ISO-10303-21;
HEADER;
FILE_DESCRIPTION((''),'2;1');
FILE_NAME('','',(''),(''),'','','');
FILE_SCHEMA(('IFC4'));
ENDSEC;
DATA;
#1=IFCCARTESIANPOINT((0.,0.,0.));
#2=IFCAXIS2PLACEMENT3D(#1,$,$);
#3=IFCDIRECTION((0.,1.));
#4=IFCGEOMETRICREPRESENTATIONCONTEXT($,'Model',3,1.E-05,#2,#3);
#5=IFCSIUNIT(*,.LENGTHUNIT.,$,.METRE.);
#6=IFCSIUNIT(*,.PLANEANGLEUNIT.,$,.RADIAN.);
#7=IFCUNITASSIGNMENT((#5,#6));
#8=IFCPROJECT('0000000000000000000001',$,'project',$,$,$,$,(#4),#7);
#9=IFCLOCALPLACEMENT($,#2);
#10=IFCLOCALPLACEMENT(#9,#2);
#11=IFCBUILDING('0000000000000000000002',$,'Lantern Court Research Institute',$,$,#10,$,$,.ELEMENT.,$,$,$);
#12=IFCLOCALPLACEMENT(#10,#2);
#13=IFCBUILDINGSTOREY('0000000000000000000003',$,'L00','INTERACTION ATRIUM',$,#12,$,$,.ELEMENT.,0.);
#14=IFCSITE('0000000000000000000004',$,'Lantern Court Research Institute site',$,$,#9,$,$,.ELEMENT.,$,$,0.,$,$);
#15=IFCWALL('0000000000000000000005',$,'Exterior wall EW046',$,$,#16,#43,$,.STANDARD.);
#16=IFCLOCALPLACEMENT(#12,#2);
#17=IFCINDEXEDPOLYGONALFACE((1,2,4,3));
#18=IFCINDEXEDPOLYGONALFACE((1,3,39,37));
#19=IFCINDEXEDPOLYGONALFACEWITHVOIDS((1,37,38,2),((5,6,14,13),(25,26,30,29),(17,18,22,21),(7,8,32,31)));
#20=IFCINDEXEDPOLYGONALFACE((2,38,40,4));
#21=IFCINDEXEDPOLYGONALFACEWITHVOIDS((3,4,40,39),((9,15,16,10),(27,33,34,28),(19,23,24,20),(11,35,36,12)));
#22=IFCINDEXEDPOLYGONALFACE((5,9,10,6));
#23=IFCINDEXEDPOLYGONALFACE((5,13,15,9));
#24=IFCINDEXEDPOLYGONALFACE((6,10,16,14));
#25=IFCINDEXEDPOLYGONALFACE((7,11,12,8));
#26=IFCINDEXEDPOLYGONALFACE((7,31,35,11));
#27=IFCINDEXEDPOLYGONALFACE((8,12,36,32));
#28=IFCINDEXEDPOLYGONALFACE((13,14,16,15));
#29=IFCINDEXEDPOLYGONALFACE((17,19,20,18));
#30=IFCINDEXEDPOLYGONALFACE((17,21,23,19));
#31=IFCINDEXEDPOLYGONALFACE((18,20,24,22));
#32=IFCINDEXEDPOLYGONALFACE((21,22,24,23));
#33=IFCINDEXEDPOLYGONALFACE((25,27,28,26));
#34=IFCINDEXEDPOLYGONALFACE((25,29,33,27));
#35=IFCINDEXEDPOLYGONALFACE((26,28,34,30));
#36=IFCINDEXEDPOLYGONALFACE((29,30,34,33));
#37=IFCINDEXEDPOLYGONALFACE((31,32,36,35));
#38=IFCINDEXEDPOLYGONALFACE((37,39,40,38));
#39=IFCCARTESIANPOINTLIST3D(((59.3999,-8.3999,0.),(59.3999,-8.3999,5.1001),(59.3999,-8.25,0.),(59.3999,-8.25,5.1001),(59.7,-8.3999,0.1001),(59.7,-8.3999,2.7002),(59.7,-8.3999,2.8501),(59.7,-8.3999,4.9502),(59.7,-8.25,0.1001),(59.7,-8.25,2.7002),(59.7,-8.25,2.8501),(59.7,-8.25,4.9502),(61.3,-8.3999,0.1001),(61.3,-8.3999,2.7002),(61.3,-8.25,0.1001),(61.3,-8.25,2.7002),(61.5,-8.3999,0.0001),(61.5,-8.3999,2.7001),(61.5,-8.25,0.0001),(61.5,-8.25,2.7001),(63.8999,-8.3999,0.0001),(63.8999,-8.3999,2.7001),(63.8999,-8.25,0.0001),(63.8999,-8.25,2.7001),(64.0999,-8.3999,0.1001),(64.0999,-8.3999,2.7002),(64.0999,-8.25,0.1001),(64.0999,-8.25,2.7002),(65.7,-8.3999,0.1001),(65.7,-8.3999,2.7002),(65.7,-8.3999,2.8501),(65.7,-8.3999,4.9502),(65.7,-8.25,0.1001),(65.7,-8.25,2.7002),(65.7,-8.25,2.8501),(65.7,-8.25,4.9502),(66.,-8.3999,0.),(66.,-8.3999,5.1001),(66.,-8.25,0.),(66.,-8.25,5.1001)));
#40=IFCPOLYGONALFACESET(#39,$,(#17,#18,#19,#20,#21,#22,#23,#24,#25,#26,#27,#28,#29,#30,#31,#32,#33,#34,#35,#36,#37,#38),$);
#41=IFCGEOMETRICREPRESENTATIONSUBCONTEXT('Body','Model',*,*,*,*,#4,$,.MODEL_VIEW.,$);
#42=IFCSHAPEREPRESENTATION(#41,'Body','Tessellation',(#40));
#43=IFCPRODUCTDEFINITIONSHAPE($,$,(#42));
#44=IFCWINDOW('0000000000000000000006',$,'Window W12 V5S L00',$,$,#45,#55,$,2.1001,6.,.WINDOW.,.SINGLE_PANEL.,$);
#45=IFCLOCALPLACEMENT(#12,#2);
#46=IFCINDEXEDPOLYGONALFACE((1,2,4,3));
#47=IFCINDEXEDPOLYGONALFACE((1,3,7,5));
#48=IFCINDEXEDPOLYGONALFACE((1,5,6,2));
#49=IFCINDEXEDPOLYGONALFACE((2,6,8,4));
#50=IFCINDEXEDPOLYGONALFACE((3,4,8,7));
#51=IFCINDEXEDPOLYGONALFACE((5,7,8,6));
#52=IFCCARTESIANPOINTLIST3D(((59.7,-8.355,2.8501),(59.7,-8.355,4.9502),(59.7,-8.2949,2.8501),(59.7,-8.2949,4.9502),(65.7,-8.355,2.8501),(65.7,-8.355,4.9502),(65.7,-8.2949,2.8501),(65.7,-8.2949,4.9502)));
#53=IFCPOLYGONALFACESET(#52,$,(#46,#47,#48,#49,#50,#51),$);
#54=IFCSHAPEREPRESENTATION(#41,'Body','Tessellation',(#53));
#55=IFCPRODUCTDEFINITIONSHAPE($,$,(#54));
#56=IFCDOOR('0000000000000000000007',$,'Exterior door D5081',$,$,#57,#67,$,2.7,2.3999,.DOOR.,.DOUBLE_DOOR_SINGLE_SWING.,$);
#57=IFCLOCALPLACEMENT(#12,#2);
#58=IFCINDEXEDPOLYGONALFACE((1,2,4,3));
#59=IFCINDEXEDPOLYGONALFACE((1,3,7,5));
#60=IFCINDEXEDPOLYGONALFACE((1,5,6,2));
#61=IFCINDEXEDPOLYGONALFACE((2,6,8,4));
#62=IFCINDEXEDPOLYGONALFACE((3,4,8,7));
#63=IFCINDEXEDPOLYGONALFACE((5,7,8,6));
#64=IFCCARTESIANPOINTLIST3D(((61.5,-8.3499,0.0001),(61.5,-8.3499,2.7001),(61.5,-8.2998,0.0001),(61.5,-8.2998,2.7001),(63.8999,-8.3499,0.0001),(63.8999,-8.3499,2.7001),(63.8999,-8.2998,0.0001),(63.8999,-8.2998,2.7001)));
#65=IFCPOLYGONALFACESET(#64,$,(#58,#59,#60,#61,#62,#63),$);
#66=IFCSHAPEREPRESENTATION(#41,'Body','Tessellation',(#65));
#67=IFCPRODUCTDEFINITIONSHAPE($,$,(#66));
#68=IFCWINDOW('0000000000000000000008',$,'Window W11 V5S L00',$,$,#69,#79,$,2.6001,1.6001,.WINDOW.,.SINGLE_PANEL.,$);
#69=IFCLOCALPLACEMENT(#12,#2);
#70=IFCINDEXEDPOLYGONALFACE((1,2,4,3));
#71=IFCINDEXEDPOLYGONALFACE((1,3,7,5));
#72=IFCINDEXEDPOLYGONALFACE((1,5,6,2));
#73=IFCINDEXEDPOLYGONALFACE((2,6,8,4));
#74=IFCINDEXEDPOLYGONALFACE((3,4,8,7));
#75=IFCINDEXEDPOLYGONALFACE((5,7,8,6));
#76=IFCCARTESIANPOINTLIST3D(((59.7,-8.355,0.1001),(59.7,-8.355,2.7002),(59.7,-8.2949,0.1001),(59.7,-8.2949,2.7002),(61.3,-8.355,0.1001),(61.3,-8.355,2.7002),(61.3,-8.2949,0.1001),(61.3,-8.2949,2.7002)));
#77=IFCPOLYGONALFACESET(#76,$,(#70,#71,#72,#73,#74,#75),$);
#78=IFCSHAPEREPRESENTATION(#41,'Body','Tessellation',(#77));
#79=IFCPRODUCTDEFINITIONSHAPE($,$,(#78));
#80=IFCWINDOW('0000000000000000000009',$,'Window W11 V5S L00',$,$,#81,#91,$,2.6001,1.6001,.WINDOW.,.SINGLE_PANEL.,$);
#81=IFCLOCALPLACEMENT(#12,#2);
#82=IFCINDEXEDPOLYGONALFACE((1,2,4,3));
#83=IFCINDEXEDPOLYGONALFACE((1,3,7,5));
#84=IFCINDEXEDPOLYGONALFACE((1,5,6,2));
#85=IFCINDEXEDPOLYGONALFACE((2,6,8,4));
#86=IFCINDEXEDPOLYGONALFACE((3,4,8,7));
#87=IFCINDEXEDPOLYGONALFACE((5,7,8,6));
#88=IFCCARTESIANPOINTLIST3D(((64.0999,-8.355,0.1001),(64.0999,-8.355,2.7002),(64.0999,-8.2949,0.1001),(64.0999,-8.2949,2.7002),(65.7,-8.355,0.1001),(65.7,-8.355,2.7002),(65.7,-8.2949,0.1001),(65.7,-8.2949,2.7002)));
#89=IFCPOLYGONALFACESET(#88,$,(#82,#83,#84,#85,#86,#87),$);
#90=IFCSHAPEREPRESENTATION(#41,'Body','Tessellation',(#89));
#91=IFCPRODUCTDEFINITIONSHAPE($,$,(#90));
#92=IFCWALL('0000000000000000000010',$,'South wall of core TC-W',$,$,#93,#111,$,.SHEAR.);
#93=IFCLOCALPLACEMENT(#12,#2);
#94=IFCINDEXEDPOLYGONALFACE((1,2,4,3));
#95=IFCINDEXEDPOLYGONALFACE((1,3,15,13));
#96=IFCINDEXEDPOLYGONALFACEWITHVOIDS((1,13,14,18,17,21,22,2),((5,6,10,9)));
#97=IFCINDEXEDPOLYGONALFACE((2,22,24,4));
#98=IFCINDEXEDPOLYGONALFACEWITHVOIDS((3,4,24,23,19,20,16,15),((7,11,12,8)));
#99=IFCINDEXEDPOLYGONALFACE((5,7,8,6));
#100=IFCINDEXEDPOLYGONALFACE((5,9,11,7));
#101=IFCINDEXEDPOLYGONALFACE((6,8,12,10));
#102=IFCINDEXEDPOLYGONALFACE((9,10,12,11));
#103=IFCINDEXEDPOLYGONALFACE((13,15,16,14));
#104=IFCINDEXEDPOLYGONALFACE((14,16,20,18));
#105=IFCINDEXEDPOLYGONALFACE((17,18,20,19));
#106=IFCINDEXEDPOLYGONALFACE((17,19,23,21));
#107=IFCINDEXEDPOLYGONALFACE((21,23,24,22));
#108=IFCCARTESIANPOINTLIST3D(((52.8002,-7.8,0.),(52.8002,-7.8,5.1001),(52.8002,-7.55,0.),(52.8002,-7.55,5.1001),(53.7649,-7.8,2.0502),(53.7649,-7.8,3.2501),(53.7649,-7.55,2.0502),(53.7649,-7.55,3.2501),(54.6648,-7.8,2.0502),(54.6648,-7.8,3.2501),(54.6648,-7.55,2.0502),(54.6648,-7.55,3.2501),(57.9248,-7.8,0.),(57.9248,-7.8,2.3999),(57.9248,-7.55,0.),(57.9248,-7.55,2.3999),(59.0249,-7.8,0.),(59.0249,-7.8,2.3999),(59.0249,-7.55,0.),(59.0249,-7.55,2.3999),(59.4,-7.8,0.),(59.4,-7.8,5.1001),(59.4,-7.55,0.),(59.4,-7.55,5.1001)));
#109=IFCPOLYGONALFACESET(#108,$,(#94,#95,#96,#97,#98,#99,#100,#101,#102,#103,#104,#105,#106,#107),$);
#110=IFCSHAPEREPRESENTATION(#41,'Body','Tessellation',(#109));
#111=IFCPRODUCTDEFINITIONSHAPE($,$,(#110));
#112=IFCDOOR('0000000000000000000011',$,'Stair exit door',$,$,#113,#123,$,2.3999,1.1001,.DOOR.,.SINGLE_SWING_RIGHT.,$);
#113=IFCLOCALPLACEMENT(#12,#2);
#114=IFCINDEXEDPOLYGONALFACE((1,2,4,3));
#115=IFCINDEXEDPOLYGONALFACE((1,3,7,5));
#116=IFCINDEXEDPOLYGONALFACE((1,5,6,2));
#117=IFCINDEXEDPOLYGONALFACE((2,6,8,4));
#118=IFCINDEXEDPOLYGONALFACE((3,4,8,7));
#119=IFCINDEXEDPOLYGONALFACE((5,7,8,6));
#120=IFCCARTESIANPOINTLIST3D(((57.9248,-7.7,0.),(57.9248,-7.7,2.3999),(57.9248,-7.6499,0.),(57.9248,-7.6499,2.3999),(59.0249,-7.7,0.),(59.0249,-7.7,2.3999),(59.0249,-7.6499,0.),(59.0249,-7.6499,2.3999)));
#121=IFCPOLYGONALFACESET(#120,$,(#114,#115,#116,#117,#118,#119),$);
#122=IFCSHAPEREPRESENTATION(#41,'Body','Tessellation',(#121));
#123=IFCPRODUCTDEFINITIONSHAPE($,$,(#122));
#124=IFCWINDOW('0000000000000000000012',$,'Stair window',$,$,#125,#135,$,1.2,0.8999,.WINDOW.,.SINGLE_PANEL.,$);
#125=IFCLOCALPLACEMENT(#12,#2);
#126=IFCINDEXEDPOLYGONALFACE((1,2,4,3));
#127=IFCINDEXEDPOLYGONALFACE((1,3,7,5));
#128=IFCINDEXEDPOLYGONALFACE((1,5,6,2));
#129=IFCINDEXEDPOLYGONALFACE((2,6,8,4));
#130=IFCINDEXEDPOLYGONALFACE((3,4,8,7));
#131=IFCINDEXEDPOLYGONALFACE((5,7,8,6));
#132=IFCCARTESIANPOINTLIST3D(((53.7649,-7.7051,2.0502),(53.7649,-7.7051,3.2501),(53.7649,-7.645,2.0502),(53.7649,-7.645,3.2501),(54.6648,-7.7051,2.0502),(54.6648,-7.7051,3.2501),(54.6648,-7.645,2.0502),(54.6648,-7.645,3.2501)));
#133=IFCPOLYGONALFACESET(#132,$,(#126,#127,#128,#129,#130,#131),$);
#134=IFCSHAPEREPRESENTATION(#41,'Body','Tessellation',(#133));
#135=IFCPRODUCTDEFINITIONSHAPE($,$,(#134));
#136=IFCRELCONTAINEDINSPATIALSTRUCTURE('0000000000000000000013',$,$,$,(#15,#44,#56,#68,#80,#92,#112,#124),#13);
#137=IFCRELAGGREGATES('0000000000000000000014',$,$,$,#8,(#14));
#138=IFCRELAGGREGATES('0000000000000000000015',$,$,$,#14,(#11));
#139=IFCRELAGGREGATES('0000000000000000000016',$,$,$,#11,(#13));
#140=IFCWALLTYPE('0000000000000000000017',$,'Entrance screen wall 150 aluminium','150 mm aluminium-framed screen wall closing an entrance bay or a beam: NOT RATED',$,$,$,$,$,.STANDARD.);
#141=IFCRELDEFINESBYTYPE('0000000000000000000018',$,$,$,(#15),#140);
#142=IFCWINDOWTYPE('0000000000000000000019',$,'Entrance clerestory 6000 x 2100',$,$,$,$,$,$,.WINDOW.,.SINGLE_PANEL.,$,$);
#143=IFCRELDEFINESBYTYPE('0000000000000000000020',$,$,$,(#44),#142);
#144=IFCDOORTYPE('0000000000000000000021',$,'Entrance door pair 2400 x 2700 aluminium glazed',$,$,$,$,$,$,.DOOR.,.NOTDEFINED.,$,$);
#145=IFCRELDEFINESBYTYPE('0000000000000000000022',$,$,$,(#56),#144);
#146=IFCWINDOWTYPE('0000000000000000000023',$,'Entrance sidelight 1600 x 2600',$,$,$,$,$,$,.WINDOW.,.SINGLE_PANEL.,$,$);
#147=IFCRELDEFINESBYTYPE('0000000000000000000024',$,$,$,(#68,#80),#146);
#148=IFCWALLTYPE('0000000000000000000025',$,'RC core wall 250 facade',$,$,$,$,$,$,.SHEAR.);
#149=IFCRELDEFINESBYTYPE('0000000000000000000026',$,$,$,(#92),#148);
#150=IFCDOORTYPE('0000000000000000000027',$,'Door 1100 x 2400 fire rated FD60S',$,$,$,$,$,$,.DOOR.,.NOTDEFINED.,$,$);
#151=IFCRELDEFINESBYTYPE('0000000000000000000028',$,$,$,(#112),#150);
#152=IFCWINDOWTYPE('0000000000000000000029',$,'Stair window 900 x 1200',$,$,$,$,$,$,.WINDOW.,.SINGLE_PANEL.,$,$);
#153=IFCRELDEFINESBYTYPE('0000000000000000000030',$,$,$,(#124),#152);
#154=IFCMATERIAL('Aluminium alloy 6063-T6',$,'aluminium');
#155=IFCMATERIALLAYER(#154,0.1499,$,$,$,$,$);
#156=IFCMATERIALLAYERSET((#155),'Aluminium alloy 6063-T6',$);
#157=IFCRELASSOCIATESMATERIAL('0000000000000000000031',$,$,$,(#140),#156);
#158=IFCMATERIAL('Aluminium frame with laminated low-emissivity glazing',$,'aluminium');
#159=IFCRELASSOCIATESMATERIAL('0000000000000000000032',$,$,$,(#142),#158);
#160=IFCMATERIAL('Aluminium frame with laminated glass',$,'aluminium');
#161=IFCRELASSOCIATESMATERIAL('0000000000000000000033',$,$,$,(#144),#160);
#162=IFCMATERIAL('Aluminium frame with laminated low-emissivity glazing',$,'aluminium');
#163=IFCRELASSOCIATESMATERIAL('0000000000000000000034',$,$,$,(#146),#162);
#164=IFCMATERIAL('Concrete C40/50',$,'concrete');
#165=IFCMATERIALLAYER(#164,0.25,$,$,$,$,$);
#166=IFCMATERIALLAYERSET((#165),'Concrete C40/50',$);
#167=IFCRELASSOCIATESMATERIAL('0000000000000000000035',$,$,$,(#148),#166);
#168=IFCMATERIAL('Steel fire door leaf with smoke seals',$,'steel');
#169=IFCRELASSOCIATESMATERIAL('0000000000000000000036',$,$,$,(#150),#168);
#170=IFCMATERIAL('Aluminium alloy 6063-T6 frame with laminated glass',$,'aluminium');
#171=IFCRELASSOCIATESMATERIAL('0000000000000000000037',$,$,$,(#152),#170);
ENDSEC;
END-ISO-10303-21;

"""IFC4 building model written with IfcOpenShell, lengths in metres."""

from ifc_helpers import new_model, si_unit, direction, frame, frame_2d, origin, place, context, subcontext, project, spatial, rectangle, extrude, material, layer, layer_set, type_object, element, fill, save


model = new_model("IFC4")

# Units and contexts
model_context = context("Model", 3, precision=1e-05, world=origin(), true_north=direction((0.0, 1.0)))
body_context = subcontext(model_context, "Body", "Model", "MODEL_VIEW")
ifc_project = project(units=[si_unit("LENGTHUNIT", "METRE"), si_unit("PLANEANGLEUNIT", "RADIAN")], contexts=[model_context])

# Site, building, storey
site_placement = place(None, origin())
site = spatial("IfcSite", under=ifc_project, at=site_placement, Name="Lantern Court Research Institute site", CompositionType="ELEMENT", RefElevation=0.0)
building_placement = place(site_placement, origin())
building = spatial("IfcBuilding", under=site, at=building_placement, Name="Lantern Court Research Institute", CompositionType="ELEMENT")
storey_placement = place(building_placement, origin())
storey = spatial("IfcBuildingStorey", under=building, at=storey_placement, Name="L00", Description="INTERACTION ATRIUM", CompositionType="ELEMENT", Elevation=0.0)

# Wall, openings, windows, door
ifc_material_1 = material(Name="Aluminium alloy 6063-T6", Category="aluminium")
ifc_layer_1 = layer(ifc_material_1, 0.1499)
ifc_layer_set_1 = layer_set([ifc_layer_1], Name="Aluminium alloy 6063-T6")
wall_type_1 = type_object("IfcWallType", Name="Entrance screen wall 150 aluminium", Description="150 mm aluminium-framed screen wall closing an entrance bay or a beam: NOT RATED", PredefinedType="STANDARD", material=ifc_layer_set_1)
wall_1_placement = place(storey_placement, frame((66.0, -8.325, 0.0), z_axis=(0.0, 0.0, 1.0), x_axis=(-1.0, 0.0, 0.0)))
wall_1 = element("IfcWall", 1, at=wall_1_placement, inside=storey, type_object=wall_type_1, Name="Exterior wall EW046", PredefinedType="STANDARD", context=body_context, shape_type="SweptSolid", body=[
    extrude(rectangle(XDim=6.6001, YDim=0.1499, at=frame_2d((3.3, 0.0))), origin(), (0.0, 0.0, 1.0), 5.1001),
])
opening_1_placement = place(wall_1_placement, frame((2.1001, 0.0, 0.0)))
opening_1 = element("IfcOpeningElement", 2, at=opening_1_placement, cuts=wall_1, PredefinedType="OPENING", context=body_context, shape_type="SweptSolid", body=[
    extrude(rectangle(XDim=2.3999, YDim=2.7, at=frame_2d((1.2, 1.3501))), frame((0.0, 0.085, 0.0), z_axis=(0.0, -1.0, 0.0), x_axis=(1.0, 0.0, 0.0)), (0.0, 0.0, 1.0), 0.1699),
])
opening_2_placement = place(wall_1_placement, frame((4.7, 0.0, 0.1001)))
opening_2 = element("IfcOpeningElement", 3, at=opening_2_placement, cuts=wall_1, PredefinedType="OPENING", context=body_context, shape_type="SweptSolid", body=[
    extrude(rectangle(XDim=1.6001, YDim=2.6001, at=frame_2d((0.8, 1.3))), frame((0.0, 0.085, 0.0), z_axis=(0.0, -1.0, 0.0), x_axis=(1.0, 0.0, 0.0)), (0.0, 0.0, 1.0), 0.1699),
])
opening_3_placement = place(wall_1_placement, frame((0.3, 0.0, 0.1001)))
opening_3 = element("IfcOpeningElement", 4, at=opening_3_placement, cuts=wall_1, PredefinedType="OPENING", context=body_context, shape_type="SweptSolid", body=[
    extrude(rectangle(XDim=1.6001, YDim=2.6001, at=frame_2d((0.8, 1.3))), frame((0.0, 0.085, 0.0), z_axis=(0.0, -1.0, 0.0), x_axis=(1.0, 0.0, 0.0)), (0.0, 0.0, 1.0), 0.1699),
])
opening_4_placement = place(wall_1_placement, frame((0.3, 0.0, 2.8501)))
opening_4 = element("IfcOpeningElement", 5, at=opening_4_placement, cuts=wall_1, PredefinedType="OPENING", context=body_context, shape_type="SweptSolid", body=[
    extrude(rectangle(XDim=6.0, YDim=2.1001, at=frame_2d((3.0, 1.05))), frame((0.0, 0.085, 0.0), z_axis=(0.0, -1.0, 0.0), x_axis=(1.0, 0.0, 0.0)), (0.0, 0.0, 1.0), 0.1699),
])
ifc_material_2 = material(Name="Aluminium frame with laminated low-emissivity glazing", Category="aluminium")
window_type_1 = type_object("IfcWindowType", Name="Entrance clerestory 6000 x 2100", PartitioningType="SINGLE_PANEL", PredefinedType="WINDOW", material=ifc_material_2)
window_1_placement = place(opening_4_placement, origin())
window_1 = element("IfcWindow", 6, at=window_1_placement, inside=storey, type_object=window_type_1, Name="Window W12 V5S L00", OverallHeight=2.1001, OverallWidth=6.0, PartitioningType="SINGLE_PANEL", PredefinedType="WINDOW", context=body_context, shape_type="SweptSolid", body=[
    extrude(rectangle(XDim=6.0, YDim=2.1001, at=frame_2d((3.0, 1.05))), frame((0.0, 0.03, 0.0), z_axis=(0.0, -1.0, 0.0), x_axis=(1.0, 0.0, 0.0)), (0.0, 0.0, 1.0), 0.0601),
])
fill(opening_4, window_1)
ifc_material_3 = material(Name="Aluminium frame with laminated glass", Category="aluminium")
door_type_1 = type_object("IfcDoorType", Name="Entrance door pair 2400 x 2700 aluminium glazed", OperationType="NOTDEFINED", PredefinedType="DOOR", material=ifc_material_3)
door_1_placement = place(opening_1_placement, origin())
door_1 = element("IfcDoor", 7, at=door_1_placement, inside=storey, type_object=door_type_1, Name="Exterior door D5081", OperationType="DOUBLE_DOOR_SINGLE_SWING", OverallHeight=2.7, OverallWidth=2.3999, PredefinedType="DOOR", context=body_context, shape_type="SweptSolid", body=[
    extrude(rectangle(XDim=2.3999, YDim=2.7, at=frame_2d((1.2, 1.3501))), frame((0.0, 0.0249, 0.0), z_axis=(0.0, -1.0, 0.0), x_axis=(1.0, 0.0, 0.0)), (0.0, 0.0, 1.0), 0.05),
])
fill(opening_1, door_1)
ifc_material_4 = material(Name="Aluminium frame with laminated low-emissivity glazing", Category="aluminium")
window_type_2 = type_object("IfcWindowType", Name="Entrance sidelight 1600 x 2600", PartitioningType="SINGLE_PANEL", PredefinedType="WINDOW", material=ifc_material_4)
window_2_placement = place(opening_2_placement, origin())
window_2 = element("IfcWindow", 8, at=window_2_placement, inside=storey, type_object=window_type_2, Name="Window W11 V5S L00", OverallHeight=2.6001, OverallWidth=1.6001, PartitioningType="SINGLE_PANEL", PredefinedType="WINDOW", context=body_context, shape_type="SweptSolid", body=[
    extrude(rectangle(XDim=1.6001, YDim=2.6001, at=frame_2d((0.8, 1.3))), frame((0.0, 0.03, 0.0), z_axis=(0.0, -1.0, 0.0), x_axis=(1.0, 0.0, 0.0)), (0.0, 0.0, 1.0), 0.0601),
])
fill(opening_2, window_2)
window_3_placement = place(opening_3_placement, origin())
window_3 = element("IfcWindow", 9, at=window_3_placement, inside=storey, type_object=window_type_2, Name="Window W11 V5S L00", OverallHeight=2.6001, OverallWidth=1.6001, PartitioningType="SINGLE_PANEL", PredefinedType="WINDOW", context=body_context, shape_type="SweptSolid", body=[
    extrude(rectangle(XDim=1.6001, YDim=2.6001, at=frame_2d((0.8, 1.3))), frame((0.0, 0.03, 0.0), z_axis=(0.0, -1.0, 0.0), x_axis=(1.0, 0.0, 0.0)), (0.0, 0.0, 1.0), 0.0601),
])
fill(opening_3, window_3)

# Wall, openings, door, window
ifc_material_5 = material(Name="Concrete C40/50", Category="concrete")
ifc_layer_2 = layer(ifc_material_5, 0.25)
ifc_layer_set_2 = layer_set([ifc_layer_2], Name="Concrete C40/50")
wall_type_2 = type_object("IfcWallType", Name="RC core wall 250 facade", PredefinedType="SHEAR", material=ifc_layer_set_2)
wall_2_placement = place(storey_placement, frame((59.3999, -7.675, 0.0), z_axis=(0.0, 0.0, 1.0), x_axis=(-1.0, 0.0, 0.0)))
wall_2 = element("IfcWall", 10, at=wall_2_placement, inside=storey, type_object=wall_type_2, Name="South wall of core TC-W", PredefinedType="SHEAR", context=body_context, shape_type="SweptSolid", body=[
    extrude(rectangle(XDim=6.5999, YDim=0.25, at=frame_2d((3.2998, 0.0))), origin(), (0.0, 0.0, 1.0), 5.1001),
])
opening_5_placement = place(wall_2_placement, frame((0.375, 0.0, 0.0)))
opening_5 = element("IfcOpeningElement", 11, at=opening_5_placement, cuts=wall_2, PredefinedType="OPENING", context=body_context, shape_type="SweptSolid", body=[
    extrude(rectangle(XDim=1.1001, YDim=2.3999, at=frame_2d((0.55, 1.2))), frame((0.0, 0.135, 0.0), z_axis=(0.0, -1.0, 0.0), x_axis=(1.0, 0.0, 0.0)), (0.0, 0.0, 1.0), 0.27),
])
opening_6_placement = place(wall_2_placement, frame((4.7351, 0.0, 2.05)))
opening_6 = element("IfcOpeningElement", 12, at=opening_6_placement, cuts=wall_2, PredefinedType="OPENING", context=body_context, shape_type="SweptSolid", body=[
    extrude(rectangle(XDim=0.8999, YDim=1.2, at=frame_2d((0.45, 0.6001))), frame((0.0, 0.135, 0.0), z_axis=(0.0, -1.0, 0.0), x_axis=(1.0, 0.0, 0.0)), (0.0, 0.0, 1.0), 0.27),
])
ifc_material_6 = material(Name="Steel fire door leaf with smoke seals", Category="steel")
door_type_2 = type_object("IfcDoorType", Name="Door 1100 x 2400 fire rated FD60S", OperationType="NOTDEFINED", PredefinedType="DOOR", material=ifc_material_6)
door_2_placement = place(opening_5_placement, origin())
door_2 = element("IfcDoor", 13, at=door_2_placement, inside=storey, type_object=door_type_2, Name="Stair exit door", OperationType="SINGLE_SWING_RIGHT", OverallHeight=2.3999, OverallWidth=1.1001, PredefinedType="DOOR", context=body_context, shape_type="SweptSolid", body=[
    extrude(rectangle(XDim=1.1001, YDim=2.3999, at=frame_2d((0.55, 1.2))), frame((0.0, 0.0249, 0.0), z_axis=(0.0, -1.0, 0.0), x_axis=(1.0, 0.0, 0.0)), (0.0, 0.0, 1.0), 0.05),
])
fill(opening_5, door_2)
ifc_material_7 = material(Name="Aluminium alloy 6063-T6 frame with laminated glass", Category="aluminium")
window_type_3 = type_object("IfcWindowType", Name="Stair window 900 x 1200", PartitioningType="SINGLE_PANEL", PredefinedType="WINDOW", material=ifc_material_7)
window_4_placement = place(opening_6_placement, origin())
window_4 = element("IfcWindow", 14, at=window_4_placement, inside=storey, type_object=window_type_3, Name="Stair window", OverallHeight=1.2, OverallWidth=0.8999, PartitioningType="SINGLE_PANEL", PredefinedType="WINDOW", context=body_context, shape_type="SweptSolid", body=[
    extrude(rectangle(XDim=0.8999, YDim=1.2, at=frame_2d((0.45, 0.6001))), frame((0.0, 0.03, 0.0), z_axis=(0.0, -1.0, 0.0), x_axis=(1.0, 0.0, 0.0)), (0.0, 0.0, 1.0), 0.0601),
])
fill(opening_6, window_4)

save(model, "model.ifc")
